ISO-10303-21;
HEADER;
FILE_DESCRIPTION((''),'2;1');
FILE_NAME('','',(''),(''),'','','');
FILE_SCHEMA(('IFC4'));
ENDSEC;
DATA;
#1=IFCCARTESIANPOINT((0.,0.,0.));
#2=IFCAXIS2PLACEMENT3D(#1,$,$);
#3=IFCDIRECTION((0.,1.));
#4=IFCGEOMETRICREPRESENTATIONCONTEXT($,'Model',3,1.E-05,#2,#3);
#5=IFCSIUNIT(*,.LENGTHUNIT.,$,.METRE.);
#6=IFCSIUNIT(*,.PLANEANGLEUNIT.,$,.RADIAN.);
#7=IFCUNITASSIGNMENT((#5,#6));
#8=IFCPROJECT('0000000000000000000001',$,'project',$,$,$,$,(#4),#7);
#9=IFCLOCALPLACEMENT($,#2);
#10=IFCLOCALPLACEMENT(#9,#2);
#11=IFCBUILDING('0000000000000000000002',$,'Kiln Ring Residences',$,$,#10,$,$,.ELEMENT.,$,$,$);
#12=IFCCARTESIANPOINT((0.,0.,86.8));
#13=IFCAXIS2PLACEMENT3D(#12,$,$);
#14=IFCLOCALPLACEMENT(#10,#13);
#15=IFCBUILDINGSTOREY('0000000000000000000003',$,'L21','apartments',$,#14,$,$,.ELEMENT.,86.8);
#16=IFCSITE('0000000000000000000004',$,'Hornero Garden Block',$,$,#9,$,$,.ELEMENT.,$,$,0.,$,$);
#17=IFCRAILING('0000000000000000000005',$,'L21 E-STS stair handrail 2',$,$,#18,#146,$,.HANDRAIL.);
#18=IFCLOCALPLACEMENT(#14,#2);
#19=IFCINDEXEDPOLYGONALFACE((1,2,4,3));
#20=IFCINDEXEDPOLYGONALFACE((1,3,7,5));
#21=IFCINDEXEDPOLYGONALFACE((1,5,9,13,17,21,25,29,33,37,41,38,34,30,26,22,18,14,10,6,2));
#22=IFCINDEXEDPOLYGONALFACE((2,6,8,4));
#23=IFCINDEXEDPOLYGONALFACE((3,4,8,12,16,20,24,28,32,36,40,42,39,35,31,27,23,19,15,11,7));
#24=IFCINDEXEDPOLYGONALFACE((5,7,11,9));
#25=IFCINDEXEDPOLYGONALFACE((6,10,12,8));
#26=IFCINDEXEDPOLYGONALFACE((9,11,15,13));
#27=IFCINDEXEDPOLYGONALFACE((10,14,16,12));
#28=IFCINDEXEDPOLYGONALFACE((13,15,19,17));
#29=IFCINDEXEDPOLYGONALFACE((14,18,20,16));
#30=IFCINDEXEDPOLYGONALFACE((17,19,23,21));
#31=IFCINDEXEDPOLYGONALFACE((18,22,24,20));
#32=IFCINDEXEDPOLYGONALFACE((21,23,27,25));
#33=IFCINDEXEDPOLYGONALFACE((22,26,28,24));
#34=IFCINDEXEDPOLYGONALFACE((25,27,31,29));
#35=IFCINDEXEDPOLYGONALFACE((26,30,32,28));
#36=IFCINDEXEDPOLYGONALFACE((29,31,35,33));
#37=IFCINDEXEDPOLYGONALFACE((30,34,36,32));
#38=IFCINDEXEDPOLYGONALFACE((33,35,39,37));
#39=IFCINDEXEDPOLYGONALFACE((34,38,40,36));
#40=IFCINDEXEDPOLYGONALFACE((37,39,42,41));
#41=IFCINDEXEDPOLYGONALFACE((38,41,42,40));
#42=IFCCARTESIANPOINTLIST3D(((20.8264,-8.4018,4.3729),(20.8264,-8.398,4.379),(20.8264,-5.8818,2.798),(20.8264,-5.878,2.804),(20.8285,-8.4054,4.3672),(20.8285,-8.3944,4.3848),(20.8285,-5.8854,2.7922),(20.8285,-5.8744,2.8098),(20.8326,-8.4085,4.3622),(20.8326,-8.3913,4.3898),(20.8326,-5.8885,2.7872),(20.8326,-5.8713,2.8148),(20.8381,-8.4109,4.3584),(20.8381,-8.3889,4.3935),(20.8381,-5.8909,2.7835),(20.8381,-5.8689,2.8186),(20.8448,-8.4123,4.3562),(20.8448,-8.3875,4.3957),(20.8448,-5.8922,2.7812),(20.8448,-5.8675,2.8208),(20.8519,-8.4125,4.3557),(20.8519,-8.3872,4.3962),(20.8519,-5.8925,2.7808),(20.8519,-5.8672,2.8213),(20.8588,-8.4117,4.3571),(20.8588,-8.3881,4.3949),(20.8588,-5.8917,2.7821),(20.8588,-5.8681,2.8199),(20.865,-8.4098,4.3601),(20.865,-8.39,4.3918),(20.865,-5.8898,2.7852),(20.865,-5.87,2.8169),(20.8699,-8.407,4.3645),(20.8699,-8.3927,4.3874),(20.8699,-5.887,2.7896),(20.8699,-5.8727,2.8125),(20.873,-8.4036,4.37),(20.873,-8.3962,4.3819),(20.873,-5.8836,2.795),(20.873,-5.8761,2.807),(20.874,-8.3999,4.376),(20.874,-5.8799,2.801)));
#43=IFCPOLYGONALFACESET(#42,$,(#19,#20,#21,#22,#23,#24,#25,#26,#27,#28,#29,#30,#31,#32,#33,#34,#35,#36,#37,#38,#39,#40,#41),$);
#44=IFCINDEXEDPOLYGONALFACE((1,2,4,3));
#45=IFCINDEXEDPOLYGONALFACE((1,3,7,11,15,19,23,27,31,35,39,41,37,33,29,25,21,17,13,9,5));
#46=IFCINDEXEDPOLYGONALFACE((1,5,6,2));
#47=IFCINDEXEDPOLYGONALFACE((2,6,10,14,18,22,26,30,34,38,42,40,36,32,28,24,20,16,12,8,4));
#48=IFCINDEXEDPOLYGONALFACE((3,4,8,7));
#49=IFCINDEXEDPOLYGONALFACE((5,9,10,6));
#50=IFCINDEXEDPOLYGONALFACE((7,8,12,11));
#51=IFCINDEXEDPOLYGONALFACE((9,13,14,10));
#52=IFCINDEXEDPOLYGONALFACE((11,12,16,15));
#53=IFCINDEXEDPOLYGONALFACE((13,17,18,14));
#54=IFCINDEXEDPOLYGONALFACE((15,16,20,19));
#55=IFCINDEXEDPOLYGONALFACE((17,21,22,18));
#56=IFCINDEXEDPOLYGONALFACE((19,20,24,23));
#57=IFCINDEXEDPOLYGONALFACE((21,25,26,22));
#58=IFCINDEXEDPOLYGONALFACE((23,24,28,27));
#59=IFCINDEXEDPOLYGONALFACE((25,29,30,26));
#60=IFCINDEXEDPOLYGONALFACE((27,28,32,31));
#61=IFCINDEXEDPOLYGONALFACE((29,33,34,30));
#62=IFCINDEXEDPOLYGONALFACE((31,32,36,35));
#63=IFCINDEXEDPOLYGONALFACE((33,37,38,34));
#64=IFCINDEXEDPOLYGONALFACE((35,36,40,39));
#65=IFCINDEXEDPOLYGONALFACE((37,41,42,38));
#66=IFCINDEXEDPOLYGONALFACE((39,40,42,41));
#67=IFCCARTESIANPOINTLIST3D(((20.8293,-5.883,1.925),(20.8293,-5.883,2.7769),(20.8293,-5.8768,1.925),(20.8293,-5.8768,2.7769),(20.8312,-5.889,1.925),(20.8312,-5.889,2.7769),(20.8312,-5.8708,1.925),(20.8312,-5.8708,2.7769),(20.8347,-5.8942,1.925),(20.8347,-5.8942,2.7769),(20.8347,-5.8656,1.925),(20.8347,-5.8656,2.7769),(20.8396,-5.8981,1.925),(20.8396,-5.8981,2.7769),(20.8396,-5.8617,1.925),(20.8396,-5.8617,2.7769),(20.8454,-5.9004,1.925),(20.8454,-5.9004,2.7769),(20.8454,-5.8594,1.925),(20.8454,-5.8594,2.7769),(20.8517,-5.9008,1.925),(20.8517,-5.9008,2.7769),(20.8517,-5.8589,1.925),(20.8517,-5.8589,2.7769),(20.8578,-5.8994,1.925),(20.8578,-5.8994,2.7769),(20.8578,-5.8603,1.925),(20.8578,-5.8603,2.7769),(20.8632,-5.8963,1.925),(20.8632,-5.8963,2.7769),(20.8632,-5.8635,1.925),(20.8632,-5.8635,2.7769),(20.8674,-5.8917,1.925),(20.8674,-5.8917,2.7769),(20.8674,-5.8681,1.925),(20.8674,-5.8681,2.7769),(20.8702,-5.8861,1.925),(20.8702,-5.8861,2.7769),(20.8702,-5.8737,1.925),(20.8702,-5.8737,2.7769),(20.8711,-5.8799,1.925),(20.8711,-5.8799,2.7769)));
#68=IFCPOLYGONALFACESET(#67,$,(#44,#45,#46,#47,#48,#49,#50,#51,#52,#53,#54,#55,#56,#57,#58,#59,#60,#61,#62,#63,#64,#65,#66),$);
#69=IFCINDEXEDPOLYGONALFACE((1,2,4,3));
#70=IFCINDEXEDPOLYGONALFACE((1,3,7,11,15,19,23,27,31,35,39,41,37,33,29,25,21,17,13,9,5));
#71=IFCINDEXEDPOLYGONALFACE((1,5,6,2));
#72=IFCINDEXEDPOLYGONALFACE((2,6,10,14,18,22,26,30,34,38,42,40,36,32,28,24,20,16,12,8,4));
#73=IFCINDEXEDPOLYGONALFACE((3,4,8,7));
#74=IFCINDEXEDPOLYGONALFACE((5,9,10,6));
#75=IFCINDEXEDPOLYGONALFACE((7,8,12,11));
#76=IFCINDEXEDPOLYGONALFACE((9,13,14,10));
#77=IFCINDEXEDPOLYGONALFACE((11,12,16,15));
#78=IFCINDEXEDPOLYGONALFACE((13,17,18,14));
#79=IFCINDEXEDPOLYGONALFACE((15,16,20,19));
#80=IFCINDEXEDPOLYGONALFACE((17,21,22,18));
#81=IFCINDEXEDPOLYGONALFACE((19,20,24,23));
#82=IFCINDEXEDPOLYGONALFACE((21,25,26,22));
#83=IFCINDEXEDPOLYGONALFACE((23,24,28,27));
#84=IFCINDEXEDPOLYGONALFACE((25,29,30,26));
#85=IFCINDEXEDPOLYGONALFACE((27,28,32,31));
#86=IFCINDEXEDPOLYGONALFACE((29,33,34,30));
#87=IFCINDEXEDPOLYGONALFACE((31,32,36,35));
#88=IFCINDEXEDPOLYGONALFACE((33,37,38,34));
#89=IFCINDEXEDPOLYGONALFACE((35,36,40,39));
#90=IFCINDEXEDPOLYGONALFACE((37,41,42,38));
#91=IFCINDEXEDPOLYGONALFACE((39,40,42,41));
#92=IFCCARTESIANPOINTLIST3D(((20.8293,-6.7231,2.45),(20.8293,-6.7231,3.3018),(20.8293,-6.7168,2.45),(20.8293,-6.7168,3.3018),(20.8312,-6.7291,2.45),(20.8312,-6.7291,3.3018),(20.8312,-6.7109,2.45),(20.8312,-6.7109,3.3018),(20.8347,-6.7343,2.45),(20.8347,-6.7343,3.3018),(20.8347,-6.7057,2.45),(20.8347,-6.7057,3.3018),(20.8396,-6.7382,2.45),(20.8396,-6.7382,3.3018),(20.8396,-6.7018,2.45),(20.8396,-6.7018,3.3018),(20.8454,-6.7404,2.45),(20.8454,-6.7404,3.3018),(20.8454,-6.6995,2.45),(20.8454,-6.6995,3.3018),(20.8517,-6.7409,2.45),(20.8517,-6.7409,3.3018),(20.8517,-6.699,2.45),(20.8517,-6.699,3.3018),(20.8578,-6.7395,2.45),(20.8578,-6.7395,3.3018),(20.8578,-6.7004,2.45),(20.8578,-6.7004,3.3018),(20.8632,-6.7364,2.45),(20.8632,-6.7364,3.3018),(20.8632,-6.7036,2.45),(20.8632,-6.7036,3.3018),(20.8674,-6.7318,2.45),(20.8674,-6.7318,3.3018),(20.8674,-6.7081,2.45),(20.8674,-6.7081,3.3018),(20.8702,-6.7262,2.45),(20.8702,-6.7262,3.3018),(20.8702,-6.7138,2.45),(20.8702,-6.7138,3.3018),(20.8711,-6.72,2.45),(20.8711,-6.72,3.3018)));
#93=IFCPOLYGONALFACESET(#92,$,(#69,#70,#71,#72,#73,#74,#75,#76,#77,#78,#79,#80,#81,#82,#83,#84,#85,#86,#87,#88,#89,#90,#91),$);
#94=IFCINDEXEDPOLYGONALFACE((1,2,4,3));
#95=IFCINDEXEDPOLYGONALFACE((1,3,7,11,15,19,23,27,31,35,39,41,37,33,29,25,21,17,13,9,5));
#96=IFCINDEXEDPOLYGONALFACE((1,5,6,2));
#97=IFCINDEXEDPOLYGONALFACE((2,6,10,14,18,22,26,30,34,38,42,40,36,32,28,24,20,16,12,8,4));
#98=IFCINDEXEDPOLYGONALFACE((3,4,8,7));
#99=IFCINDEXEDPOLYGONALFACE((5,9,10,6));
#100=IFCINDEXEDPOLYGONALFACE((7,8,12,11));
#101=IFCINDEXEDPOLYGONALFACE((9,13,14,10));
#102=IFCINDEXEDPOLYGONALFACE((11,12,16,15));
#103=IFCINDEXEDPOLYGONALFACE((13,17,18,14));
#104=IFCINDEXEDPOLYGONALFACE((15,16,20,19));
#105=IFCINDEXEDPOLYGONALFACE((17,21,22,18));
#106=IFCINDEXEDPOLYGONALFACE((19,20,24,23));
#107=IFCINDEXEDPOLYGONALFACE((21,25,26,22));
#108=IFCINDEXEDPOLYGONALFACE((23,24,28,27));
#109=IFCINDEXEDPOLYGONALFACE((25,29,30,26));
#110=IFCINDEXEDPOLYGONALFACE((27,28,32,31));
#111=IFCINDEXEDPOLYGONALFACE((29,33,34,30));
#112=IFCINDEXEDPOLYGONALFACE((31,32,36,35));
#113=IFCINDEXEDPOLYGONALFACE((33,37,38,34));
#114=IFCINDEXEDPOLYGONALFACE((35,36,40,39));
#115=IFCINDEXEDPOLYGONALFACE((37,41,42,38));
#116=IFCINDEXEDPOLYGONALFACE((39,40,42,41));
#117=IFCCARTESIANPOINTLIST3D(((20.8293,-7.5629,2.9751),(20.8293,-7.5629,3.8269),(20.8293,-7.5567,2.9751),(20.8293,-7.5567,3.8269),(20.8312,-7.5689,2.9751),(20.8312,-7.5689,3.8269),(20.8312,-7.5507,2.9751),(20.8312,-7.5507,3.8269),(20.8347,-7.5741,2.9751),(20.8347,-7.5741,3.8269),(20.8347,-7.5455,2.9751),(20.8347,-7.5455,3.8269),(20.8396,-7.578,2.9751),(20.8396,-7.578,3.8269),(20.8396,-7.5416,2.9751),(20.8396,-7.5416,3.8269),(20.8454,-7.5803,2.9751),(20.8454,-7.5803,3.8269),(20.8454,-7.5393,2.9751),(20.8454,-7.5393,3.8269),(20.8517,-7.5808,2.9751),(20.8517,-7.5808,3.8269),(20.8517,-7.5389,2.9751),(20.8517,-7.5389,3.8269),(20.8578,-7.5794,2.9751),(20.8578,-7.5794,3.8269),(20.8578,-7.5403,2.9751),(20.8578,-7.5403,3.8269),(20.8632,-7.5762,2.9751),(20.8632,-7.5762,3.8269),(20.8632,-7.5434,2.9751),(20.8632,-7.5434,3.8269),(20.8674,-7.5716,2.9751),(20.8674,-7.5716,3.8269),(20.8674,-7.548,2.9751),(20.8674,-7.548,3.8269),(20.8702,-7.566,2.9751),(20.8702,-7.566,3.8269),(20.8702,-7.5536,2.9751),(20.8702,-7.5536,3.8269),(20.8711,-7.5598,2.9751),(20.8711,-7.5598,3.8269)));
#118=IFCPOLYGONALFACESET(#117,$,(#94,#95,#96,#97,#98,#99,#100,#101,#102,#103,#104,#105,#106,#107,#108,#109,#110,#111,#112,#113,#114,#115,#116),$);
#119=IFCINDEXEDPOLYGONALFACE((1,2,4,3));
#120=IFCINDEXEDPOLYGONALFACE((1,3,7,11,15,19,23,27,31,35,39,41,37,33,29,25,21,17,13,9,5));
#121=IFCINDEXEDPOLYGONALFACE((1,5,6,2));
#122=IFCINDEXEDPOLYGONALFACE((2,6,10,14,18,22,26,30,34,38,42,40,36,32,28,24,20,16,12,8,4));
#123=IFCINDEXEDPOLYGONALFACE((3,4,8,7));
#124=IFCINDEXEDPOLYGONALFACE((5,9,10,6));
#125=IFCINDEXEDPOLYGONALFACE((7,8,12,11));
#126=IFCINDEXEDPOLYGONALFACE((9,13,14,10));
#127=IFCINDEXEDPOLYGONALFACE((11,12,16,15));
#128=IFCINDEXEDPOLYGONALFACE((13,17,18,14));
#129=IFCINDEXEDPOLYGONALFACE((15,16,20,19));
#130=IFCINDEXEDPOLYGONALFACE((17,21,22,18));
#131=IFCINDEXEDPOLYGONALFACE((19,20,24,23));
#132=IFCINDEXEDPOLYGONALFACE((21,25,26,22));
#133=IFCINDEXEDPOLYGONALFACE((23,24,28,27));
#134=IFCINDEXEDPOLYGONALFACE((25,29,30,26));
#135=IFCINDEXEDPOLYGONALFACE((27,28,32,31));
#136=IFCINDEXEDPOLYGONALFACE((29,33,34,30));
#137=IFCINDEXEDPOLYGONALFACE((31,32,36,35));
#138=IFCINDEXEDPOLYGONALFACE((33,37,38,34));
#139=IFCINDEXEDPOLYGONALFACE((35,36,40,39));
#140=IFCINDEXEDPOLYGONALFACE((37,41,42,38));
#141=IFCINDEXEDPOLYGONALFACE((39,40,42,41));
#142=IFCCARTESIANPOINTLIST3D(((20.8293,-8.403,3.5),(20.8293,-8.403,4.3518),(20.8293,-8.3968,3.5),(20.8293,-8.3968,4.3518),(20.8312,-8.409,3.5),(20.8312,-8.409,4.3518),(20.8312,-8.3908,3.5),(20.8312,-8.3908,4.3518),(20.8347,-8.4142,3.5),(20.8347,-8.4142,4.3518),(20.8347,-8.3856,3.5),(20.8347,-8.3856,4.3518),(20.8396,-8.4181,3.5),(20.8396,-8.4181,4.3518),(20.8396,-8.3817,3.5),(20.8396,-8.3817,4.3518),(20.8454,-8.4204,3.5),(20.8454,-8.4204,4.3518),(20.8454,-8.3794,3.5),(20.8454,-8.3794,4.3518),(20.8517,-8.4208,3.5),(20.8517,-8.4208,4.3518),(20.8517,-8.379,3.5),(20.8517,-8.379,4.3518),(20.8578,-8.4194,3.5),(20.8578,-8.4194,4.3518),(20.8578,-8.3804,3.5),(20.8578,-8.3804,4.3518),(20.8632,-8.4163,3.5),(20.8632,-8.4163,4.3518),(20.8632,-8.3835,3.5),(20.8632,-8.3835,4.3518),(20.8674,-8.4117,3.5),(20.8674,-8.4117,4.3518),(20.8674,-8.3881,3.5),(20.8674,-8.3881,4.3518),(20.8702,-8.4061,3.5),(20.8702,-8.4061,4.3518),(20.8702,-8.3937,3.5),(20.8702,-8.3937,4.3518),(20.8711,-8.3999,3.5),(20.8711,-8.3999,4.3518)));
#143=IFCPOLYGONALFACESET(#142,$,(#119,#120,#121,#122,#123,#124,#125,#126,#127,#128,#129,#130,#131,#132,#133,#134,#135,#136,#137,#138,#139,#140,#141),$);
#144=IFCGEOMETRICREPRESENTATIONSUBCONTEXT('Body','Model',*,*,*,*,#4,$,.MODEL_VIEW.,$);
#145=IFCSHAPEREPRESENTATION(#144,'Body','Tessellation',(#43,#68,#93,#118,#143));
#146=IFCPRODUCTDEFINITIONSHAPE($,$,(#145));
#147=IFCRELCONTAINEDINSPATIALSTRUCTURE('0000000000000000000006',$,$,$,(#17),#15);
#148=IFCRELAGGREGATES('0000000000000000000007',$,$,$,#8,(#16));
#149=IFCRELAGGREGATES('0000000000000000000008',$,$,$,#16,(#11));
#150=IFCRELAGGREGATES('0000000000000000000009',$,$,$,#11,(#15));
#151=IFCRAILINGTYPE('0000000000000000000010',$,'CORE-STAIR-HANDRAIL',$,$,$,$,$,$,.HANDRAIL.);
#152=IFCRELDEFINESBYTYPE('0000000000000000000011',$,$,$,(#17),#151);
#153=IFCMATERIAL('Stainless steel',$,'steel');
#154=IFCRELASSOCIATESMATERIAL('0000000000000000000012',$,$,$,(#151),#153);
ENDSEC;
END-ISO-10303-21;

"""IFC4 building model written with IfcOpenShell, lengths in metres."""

from ifc_helpers import new_model, si_unit, direction, frame, origin, origin_2d, place, context, subcontext, project, spatial, circle, extrude, material, type_object, element, save


model = new_model("IFC4")

# Units and contexts
model_context = context("Model", 3, precision=1e-05, world=origin(), true_north=direction((0.0, 1.0)))
body_context = subcontext(model_context, "Body", "Model", "MODEL_VIEW")
ifc_project = project(units=[si_unit("LENGTHUNIT", "METRE"), si_unit("PLANEANGLEUNIT", "RADIAN")], contexts=[model_context])

# Site, building, storey
site_placement = place(None, origin())
site = spatial("IfcSite", under=ifc_project, at=site_placement, Name="Hornero Garden Block", CompositionType="ELEMENT", RefElevation=0.0)
building_placement = place(site_placement, origin())
building = spatial("IfcBuilding", under=site, at=building_placement, Name="Kiln Ring Residences", CompositionType="ELEMENT")
storey_placement = place(building_placement, frame((0.0, 0.0, 86.8)))
storey = spatial("IfcBuildingStorey", under=building, at=storey_placement, Name="L21", Description="apartments", CompositionType="ELEMENT", Elevation=86.8)

# Railing
ifc_material_1 = material(Name="Stainless steel", Category="steel")
railing_type_1 = type_object("IfcRailingType", Name="CORE-STAIR-HANDRAIL", PredefinedType="HANDRAIL", material=ifc_material_1)
railing_1_placement = place(storey_placement, frame((20.8501, -5.8799, 1.925)))
element("IfcRailing", 1, at=railing_1_placement, inside=storey, type_object=railing_type_1, Name="L21 E-STS stair handrail 2", PredefinedType="HANDRAIL", context=body_context, shape_type="SweptSolid", body=[
    extrude(circle(Radius=0.0239, at=origin_2d()), frame((0.0, 0.0, 0.876), z_axis=(0.0, -0.848008, 0.529984), x_axis=(1.0, 0.0, 0.0)), (0.0, 0.0, 1.0), 2.9717),
    extrude(circle(Radius=0.021, at=origin_2d()), origin(), (0.0, 0.0, 1.0), 0.8518),
    extrude(circle(Radius=0.021, at=origin_2d()), frame((0.0, -0.8401, 0.5249)), (0.0, 0.0, 1.0), 0.8518),
    extrude(circle(Radius=0.021, at=origin_2d()), frame((0.0, -1.6799, 1.05)), (0.0, 0.0, 1.0), 0.8518),
    extrude(circle(Radius=0.021, at=origin_2d()), frame((0.0, -2.52, 1.575)), (0.0, 0.0, 1.0), 0.8518),
])

save(model, "model.ifc")
